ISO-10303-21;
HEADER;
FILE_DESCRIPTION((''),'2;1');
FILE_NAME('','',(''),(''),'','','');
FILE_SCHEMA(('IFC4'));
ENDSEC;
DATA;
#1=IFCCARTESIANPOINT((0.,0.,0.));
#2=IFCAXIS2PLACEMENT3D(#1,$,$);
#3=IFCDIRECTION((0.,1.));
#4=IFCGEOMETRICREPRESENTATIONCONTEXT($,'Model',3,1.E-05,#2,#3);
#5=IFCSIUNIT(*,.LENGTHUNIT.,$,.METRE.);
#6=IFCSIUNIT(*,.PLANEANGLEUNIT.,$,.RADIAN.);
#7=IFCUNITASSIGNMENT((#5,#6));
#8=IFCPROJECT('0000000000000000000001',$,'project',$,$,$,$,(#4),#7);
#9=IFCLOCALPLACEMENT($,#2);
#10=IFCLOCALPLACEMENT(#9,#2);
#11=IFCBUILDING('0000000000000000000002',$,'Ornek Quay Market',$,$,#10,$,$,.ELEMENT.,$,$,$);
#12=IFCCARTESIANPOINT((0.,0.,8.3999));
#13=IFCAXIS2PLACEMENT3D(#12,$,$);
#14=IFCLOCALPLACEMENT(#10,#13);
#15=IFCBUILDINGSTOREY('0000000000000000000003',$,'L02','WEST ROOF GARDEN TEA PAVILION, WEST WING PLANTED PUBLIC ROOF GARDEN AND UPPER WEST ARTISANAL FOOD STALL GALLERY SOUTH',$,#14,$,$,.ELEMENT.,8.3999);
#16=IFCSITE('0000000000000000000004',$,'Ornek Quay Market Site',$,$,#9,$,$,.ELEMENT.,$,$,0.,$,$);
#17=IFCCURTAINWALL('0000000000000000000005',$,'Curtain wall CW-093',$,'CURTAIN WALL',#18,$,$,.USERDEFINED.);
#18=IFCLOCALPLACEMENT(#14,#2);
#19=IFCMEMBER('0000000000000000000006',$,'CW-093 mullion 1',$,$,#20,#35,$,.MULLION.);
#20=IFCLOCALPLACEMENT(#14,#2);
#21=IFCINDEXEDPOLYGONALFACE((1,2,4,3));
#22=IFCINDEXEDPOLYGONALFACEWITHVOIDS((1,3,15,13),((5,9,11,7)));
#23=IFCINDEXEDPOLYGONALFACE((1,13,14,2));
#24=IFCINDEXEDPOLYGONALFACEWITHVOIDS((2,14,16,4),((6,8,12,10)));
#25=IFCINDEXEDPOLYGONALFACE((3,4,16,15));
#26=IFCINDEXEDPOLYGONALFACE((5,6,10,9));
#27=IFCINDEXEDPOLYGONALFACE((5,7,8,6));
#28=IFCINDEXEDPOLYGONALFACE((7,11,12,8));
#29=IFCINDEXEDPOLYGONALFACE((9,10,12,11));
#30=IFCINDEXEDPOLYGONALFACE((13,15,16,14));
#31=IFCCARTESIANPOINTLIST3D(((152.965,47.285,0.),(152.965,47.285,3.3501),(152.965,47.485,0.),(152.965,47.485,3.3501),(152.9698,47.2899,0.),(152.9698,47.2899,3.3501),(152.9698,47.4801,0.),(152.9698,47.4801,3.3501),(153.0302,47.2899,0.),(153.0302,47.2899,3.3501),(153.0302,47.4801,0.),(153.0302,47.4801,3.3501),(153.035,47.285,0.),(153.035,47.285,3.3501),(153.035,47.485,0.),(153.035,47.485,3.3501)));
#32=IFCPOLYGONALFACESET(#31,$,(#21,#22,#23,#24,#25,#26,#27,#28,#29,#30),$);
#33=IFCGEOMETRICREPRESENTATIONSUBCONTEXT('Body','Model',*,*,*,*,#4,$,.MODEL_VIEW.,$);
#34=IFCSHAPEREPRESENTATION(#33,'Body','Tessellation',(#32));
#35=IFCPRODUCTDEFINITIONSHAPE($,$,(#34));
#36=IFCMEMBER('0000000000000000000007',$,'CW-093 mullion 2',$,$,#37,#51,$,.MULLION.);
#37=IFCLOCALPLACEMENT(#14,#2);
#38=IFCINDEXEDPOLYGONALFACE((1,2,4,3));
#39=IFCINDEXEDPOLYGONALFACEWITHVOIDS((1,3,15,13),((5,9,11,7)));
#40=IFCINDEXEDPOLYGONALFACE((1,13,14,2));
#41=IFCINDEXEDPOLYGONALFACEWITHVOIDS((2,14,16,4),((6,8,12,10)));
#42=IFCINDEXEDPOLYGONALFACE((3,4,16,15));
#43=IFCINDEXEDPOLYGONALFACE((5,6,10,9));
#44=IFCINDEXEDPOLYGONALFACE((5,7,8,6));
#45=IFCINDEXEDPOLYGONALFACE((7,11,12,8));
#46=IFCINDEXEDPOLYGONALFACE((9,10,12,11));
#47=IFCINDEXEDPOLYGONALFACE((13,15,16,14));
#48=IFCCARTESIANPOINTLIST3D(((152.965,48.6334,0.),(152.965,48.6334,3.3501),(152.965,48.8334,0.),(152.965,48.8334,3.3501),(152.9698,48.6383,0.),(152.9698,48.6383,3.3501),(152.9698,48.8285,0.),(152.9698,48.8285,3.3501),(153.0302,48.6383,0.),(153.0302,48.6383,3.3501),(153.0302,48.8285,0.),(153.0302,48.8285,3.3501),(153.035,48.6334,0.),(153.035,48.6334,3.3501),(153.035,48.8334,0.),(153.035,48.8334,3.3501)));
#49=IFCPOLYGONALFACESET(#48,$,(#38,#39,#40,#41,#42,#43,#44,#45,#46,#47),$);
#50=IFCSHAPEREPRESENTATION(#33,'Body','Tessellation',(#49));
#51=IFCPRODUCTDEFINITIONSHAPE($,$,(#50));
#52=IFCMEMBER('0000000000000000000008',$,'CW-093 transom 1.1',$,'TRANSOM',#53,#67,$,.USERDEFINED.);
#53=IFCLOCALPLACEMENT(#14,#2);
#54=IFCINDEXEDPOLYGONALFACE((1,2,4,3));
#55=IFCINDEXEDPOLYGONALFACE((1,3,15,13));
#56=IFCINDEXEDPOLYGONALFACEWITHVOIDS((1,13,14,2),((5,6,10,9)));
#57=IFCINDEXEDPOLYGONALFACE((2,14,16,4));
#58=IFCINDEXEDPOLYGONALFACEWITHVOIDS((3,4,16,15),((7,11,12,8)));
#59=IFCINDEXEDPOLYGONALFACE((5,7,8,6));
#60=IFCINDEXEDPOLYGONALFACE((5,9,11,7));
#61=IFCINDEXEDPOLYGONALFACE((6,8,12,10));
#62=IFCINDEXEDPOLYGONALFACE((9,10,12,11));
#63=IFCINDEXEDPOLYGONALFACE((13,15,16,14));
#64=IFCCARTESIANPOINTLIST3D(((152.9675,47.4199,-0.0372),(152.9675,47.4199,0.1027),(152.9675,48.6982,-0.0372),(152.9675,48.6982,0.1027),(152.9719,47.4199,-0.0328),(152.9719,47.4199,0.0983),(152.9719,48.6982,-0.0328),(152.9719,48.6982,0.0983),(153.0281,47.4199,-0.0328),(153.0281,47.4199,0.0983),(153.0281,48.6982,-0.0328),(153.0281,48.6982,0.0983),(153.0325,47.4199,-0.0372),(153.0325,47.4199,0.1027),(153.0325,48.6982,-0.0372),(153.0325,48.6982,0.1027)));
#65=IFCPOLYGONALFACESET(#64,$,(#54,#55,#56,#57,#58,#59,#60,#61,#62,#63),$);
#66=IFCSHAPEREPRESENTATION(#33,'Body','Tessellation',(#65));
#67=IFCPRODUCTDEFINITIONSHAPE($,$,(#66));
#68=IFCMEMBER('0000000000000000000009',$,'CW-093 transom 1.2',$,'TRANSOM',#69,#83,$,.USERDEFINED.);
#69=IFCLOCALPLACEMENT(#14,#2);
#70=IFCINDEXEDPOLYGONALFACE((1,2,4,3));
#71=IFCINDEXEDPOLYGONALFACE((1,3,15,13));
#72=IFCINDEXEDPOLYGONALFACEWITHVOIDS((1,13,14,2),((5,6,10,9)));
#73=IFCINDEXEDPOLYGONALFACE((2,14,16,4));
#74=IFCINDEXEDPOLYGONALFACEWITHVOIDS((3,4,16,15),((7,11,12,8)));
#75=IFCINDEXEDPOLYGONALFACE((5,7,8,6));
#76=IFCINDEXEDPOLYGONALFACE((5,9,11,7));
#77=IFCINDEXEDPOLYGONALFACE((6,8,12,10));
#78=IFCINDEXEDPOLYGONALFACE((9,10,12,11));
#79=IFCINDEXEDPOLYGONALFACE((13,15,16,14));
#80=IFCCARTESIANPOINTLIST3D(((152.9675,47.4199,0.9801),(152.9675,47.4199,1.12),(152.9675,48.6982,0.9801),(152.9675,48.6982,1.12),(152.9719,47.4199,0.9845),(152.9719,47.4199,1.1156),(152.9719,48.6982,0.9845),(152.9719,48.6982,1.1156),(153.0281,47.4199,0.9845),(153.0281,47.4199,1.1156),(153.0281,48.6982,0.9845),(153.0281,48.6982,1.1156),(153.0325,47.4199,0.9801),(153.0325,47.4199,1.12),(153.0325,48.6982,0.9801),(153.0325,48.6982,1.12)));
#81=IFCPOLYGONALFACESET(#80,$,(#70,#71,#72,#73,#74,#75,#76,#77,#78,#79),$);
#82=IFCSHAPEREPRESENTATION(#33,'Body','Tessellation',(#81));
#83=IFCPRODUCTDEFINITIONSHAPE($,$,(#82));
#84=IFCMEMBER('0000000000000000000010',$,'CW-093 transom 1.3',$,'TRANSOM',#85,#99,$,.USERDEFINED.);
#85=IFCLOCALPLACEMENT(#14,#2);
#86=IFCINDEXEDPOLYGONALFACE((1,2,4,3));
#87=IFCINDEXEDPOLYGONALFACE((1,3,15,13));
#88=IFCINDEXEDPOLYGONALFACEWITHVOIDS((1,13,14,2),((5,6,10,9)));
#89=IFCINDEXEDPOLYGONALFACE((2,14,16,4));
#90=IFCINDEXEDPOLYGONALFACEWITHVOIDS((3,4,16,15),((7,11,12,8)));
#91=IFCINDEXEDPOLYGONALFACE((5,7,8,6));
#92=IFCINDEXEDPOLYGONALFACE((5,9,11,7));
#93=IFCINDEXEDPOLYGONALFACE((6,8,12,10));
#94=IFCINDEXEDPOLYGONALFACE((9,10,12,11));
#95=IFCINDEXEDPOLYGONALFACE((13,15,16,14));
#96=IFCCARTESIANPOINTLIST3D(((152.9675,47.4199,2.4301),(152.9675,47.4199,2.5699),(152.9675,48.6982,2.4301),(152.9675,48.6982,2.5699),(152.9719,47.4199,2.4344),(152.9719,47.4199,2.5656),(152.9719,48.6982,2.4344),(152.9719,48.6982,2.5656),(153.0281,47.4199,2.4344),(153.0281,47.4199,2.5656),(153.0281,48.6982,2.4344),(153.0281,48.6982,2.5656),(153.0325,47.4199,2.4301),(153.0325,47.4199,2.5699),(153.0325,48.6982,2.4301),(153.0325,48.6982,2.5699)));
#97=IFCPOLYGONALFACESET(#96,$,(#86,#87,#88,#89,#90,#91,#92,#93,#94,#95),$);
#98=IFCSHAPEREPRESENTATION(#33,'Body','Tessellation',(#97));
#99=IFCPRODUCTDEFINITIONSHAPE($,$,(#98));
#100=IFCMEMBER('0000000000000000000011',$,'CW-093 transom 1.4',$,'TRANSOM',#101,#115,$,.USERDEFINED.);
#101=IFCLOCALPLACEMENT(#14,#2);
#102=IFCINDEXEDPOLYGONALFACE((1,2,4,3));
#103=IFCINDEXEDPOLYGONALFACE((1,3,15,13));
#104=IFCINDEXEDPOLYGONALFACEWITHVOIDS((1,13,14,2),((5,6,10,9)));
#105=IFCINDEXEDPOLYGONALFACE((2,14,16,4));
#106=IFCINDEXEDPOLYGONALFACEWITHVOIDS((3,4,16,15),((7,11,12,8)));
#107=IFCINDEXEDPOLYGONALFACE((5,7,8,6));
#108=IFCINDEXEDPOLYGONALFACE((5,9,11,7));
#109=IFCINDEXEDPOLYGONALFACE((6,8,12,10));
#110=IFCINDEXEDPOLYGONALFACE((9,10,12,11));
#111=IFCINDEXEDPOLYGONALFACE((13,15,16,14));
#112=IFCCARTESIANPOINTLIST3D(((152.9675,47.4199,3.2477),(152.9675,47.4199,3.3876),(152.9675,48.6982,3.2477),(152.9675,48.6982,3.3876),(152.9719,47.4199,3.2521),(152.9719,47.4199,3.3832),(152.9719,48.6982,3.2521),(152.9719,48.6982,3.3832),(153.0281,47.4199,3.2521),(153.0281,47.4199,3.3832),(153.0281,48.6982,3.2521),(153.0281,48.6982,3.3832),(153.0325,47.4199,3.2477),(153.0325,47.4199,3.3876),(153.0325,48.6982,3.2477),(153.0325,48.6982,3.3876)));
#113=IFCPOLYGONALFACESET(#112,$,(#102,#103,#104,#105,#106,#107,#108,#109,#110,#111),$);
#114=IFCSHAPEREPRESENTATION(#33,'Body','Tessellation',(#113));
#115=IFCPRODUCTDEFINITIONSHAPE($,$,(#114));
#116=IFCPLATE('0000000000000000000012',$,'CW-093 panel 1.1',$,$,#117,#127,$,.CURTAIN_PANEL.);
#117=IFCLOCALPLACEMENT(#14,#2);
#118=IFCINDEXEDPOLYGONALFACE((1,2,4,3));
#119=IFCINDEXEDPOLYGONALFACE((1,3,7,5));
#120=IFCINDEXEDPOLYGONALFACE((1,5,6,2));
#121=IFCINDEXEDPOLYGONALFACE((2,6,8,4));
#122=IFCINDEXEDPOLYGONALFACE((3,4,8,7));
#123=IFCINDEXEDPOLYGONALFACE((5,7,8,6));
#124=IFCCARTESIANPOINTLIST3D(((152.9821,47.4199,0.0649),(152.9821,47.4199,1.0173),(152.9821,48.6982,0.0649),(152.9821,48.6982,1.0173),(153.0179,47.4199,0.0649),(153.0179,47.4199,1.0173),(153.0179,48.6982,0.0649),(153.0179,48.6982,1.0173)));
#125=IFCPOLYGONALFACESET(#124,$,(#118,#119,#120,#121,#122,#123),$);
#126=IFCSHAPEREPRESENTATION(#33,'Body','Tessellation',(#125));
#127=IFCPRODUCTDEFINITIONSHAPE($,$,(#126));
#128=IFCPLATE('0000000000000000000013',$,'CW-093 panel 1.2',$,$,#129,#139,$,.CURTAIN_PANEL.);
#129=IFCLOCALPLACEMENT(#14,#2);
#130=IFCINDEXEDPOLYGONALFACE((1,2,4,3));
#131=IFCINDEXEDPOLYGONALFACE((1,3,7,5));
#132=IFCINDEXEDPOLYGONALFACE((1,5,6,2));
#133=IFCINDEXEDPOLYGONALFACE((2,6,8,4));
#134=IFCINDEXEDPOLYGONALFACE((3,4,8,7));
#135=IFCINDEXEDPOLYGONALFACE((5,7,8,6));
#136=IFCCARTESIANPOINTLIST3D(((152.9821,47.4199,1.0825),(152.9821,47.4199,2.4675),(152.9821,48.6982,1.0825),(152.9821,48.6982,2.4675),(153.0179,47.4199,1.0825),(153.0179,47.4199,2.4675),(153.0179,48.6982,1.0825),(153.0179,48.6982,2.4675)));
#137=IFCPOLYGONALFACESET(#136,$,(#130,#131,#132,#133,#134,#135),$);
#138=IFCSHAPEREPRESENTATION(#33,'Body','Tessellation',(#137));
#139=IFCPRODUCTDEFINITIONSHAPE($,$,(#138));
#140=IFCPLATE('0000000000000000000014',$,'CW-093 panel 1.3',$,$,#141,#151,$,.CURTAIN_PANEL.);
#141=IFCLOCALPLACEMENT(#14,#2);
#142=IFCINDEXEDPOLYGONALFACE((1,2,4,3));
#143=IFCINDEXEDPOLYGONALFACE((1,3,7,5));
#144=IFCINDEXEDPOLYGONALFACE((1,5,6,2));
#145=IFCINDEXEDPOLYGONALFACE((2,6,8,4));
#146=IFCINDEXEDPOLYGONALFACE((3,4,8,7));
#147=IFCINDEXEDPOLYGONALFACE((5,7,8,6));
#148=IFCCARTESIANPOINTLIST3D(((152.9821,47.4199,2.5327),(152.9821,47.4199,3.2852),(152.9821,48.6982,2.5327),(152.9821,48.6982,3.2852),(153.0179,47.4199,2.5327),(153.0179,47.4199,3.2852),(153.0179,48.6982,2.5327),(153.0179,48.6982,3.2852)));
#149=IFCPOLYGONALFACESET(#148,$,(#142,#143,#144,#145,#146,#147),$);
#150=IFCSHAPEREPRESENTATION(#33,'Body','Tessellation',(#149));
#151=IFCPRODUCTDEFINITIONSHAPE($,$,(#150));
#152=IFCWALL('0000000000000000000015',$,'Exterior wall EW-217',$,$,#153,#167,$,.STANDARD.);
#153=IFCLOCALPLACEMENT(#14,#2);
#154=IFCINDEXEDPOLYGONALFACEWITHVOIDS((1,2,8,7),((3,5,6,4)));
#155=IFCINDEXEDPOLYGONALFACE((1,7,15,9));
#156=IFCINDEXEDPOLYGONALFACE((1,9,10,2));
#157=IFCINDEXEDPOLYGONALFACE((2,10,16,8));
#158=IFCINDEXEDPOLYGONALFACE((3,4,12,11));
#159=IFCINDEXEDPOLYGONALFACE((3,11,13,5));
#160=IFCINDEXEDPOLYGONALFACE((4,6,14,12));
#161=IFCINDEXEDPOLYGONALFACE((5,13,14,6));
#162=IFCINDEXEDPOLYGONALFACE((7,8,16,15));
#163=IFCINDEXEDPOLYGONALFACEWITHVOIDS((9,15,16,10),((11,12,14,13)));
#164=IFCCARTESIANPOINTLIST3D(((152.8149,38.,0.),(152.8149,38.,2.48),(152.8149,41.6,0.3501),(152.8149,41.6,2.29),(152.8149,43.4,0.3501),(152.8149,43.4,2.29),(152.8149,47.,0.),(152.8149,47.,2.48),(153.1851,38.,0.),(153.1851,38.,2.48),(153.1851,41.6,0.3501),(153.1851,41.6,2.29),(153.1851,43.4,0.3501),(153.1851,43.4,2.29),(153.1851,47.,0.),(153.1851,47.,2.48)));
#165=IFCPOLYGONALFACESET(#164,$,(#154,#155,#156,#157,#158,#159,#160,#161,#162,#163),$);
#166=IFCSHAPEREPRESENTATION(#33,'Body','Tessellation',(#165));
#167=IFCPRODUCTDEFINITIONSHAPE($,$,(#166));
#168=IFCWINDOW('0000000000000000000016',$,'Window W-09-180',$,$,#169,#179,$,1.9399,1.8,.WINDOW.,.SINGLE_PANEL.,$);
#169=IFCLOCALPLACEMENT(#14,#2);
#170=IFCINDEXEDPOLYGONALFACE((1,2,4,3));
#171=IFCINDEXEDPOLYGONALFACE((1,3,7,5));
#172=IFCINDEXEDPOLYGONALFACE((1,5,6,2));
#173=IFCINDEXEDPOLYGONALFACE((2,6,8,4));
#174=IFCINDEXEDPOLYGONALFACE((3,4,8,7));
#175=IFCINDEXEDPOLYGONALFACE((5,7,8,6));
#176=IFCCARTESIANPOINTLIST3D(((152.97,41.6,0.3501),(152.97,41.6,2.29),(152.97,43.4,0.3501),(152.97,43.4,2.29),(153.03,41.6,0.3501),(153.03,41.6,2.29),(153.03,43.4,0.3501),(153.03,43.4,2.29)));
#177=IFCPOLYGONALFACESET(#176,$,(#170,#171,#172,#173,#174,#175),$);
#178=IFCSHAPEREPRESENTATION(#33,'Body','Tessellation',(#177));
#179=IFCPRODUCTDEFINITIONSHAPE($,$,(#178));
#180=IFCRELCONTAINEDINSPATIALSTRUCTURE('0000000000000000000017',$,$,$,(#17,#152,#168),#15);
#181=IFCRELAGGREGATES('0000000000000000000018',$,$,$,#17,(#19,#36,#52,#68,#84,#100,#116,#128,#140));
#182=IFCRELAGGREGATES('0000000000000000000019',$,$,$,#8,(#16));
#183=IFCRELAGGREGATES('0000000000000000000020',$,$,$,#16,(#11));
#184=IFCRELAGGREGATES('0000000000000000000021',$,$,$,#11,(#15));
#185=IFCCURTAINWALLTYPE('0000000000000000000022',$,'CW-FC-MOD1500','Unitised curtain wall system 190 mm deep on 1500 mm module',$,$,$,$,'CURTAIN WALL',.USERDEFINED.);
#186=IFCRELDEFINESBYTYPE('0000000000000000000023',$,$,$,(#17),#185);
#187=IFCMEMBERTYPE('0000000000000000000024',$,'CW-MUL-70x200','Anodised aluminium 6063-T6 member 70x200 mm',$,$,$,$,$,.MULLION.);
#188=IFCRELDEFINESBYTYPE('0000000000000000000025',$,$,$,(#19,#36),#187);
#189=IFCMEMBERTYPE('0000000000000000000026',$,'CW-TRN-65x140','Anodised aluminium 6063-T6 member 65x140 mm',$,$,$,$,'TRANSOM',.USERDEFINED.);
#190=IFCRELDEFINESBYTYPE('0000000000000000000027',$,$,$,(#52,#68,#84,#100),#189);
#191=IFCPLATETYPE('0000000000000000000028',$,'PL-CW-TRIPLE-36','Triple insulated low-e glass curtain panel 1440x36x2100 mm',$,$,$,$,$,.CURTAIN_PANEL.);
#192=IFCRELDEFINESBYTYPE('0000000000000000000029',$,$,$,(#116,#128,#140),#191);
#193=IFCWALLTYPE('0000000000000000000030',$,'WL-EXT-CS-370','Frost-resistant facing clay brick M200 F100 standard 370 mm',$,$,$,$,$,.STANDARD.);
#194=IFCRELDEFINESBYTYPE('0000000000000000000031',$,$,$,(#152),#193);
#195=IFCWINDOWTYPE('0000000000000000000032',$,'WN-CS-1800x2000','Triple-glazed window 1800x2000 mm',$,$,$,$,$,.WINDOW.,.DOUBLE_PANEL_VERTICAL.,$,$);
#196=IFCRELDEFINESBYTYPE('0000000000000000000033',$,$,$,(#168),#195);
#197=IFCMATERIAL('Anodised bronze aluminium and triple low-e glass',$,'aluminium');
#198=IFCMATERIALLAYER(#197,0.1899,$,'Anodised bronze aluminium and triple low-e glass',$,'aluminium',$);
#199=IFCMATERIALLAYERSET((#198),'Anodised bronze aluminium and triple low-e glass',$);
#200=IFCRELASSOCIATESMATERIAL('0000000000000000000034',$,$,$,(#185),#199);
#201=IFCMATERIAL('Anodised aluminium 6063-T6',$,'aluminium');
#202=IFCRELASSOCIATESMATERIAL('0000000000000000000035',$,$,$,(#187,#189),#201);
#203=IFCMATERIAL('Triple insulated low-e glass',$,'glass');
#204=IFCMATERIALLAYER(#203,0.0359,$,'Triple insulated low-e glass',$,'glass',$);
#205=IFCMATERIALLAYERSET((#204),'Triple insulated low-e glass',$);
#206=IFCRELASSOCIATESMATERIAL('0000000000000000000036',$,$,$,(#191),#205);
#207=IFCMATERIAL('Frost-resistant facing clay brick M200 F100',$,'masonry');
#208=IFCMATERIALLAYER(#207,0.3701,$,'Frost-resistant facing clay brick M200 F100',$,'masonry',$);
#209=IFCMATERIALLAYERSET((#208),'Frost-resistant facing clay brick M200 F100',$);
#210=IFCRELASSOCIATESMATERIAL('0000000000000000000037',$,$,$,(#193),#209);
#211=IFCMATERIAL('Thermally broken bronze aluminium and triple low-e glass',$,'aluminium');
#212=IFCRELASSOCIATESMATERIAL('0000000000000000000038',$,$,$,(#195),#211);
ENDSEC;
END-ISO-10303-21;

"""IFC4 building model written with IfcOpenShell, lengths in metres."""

from ifc_helpers import new_model, si_unit, direction, frame, frame_2d, origin, origin_2d, place, context, subcontext, project, spatial, rectangle, hollow_rectangle, extrude, material, layer, layer_set, material_profile, profile_set, type_object, element, fill, aggregate, save


model = new_model("IFC4")

# Units and contexts
model_context = context("Model", 3, precision=1e-05, world=origin(), true_north=direction((0.0, 1.0)))
body_context = subcontext(model_context, "Body", "Model", "MODEL_VIEW")
ifc_project = project(units=[si_unit("LENGTHUNIT", "METRE"), si_unit("PLANEANGLEUNIT", "RADIAN")], contexts=[model_context])

# Site, building, storey
site_placement = place(None, origin())
site = spatial("IfcSite", under=ifc_project, at=site_placement, Name="Ornek Quay Market Site", CompositionType="ELEMENT", RefElevation=0.0)
building_placement = place(site_placement, origin())
building = spatial("IfcBuilding", under=site, at=building_placement, Name="Ornek Quay Market", CompositionType="ELEMENT")
storey_placement = place(building_placement, frame((0.0, 0.0, 8.3999)))
storey = spatial("IfcBuildingStorey", under=building, at=storey_placement, Name="L02", Description="WEST ROOF GARDEN TEA PAVILION, WEST WING PLANTED PUBLIC ROOF GARDEN AND UPPER WEST ARTISANAL FOOD STALL GALLERY SOUTH", CompositionType="ELEMENT", Elevation=8.3999)

# Curtain wall, members, plates
ifc_material_1 = material(Name="Anodised bronze aluminium and triple low-e glass", Category="aluminium")
ifc_layer_1 = layer(ifc_material_1, 0.1899, Name="Anodised bronze aluminium and triple low-e glass", Category="aluminium")
ifc_layer_set_1 = layer_set([ifc_layer_1], Name="Anodised bronze aluminium and triple low-e glass")
curtain_wall_type = type_object("IfcCurtainWallType", Name="CW-FC-MOD1500", Description="Unitised curtain wall system 190 mm deep on 1500 mm module", ElementType="CURTAIN WALL", PredefinedType="USERDEFINED", material=ifc_layer_set_1)
curtain_wall_placement = place(storey_placement, origin())
curtain_wall = element("IfcCurtainWall", 1, at=curtain_wall_placement, inside=storey, type_object=curtain_wall_type, Name="Curtain wall CW-093", ObjectType="CURTAIN WALL", PredefinedType="USERDEFINED")
ifc_material_2 = material(Name="Anodised aluminium 6063-T6", Category="aluminium")
ifc_material_profile_1 = material_profile(ifc_material_2, hollow_rectangle(XDim=0.0701, YDim=0.2, WallThickness=0.0049, at=origin_2d()), Name="CW-MUL-70x200", Category="aluminium")
ifc_profile_set_1 = profile_set([ifc_material_profile_1], Name="Anodised aluminium 6063-T6")
member_type_1 = type_object("IfcMemberType", Name="CW-MUL-70x200", Description="Anodised aluminium 6063-T6 member 70x200 mm", PredefinedType="MULLION", material=ifc_profile_set_1)
member_1_placement = place(storey_placement, frame((153.0, 47.385, 0.0), z_axis=(0.0, 0.0, 1.0), x_axis=(-1.0, 0.0, 0.0)))
member_1 = element("IfcMember", 2, at=member_1_placement, type_object=member_type_1, Name="CW-093 mullion 1", PredefinedType="MULLION", context=body_context, shape_type="SweptSolid", body=[
    extrude(hollow_rectangle(XDim=0.0701, YDim=0.2, WallThickness=0.0049, at=origin_2d()), origin(), (0.0, 0.0, 1.0), 3.3501),
])
member_2_placement = place(storey_placement, frame((153.0, 48.7334, 0.0), z_axis=(0.0, 0.0, 1.0), x_axis=(-1.0, 0.0, 0.0)))
member_2 = element("IfcMember", 3, at=member_2_placement, type_object=member_type_1, Name="CW-093 mullion 2", PredefinedType="MULLION", context=body_context, shape_type="SweptSolid", body=[
    extrude(hollow_rectangle(XDim=0.0701, YDim=0.2, WallThickness=0.0049, at=origin_2d()), origin(), (0.0, 0.0, 1.0), 3.3501),
])
ifc_material_profile_2 = material_profile(ifc_material_2, hollow_rectangle(XDim=0.0649, YDim=0.1399, WallThickness=0.0044, at=origin_2d()), Name="CW-TRN-65x140", Category="aluminium")
ifc_profile_set_2 = profile_set([ifc_material_profile_2], Name="Anodised aluminium 6063-T6")
member_type_2 = type_object("IfcMemberType", Name="CW-TRN-65x140", Description="Anodised aluminium 6063-T6 member 65x140 mm", ElementType="TRANSOM", PredefinedType="USERDEFINED", material=ifc_profile_set_2)
member_3_placement = place(storey_placement, frame((153.0, 47.4199, 0.0327), z_axis=(0.0, 1.0, 0.0), x_axis=(-1.0, 0.0, 0.0)))
member_3 = element("IfcMember", 4, at=member_3_placement, type_object=member_type_2, Name="CW-093 transom 1.1", ObjectType="TRANSOM", PredefinedType="USERDEFINED", context=body_context, shape_type="SweptSolid", body=[
    extrude(hollow_rectangle(XDim=0.0649, YDim=0.1399, WallThickness=0.0044, at=origin_2d()), origin(), (0.0, 0.0, 1.0), 1.2783),
])
member_4_placement = place(storey_placement, frame((153.0, 47.4199, 1.05), z_axis=(0.0, 1.0, 0.0), x_axis=(-1.0, 0.0, 0.0)))
member_4 = element("IfcMember", 5, at=member_4_placement, type_object=member_type_2, Name="CW-093 transom 1.2", ObjectType="TRANSOM", PredefinedType="USERDEFINED", context=body_context, shape_type="SweptSolid", body=[
    extrude(hollow_rectangle(XDim=0.0649, YDim=0.1399, WallThickness=0.0044, at=origin_2d()), origin(), (0.0, 0.0, 1.0), 1.2783),
])
member_5_placement = place(storey_placement, frame((153.0, 47.4199, 2.5), z_axis=(0.0, 1.0, 0.0), x_axis=(-1.0, 0.0, 0.0)))
member_5 = element("IfcMember", 6, at=member_5_placement, type_object=member_type_2, Name="CW-093 transom 1.3", ObjectType="TRANSOM", PredefinedType="USERDEFINED", context=body_context, shape_type="SweptSolid", body=[
    extrude(hollow_rectangle(XDim=0.0649, YDim=0.1399, WallThickness=0.0044, at=origin_2d()), origin(), (0.0, 0.0, 1.0), 1.2783),
])
member_6_placement = place(storey_placement, frame((153.0, 47.4199, 3.3176), z_axis=(0.0, 1.0, 0.0), x_axis=(-1.0, 0.0, 0.0)))
member_6 = element("IfcMember", 7, at=member_6_placement, type_object=member_type_2, Name="CW-093 transom 1.4", ObjectType="TRANSOM", PredefinedType="USERDEFINED", context=body_context, shape_type="SweptSolid", body=[
    extrude(hollow_rectangle(XDim=0.0649, YDim=0.1399, WallThickness=0.0044, at=origin_2d()), origin(), (0.0, 0.0, 1.0), 1.2783),
])
ifc_material_3 = material(Name="Triple insulated low-e glass", Category="glass")
ifc_layer_2 = layer(ifc_material_3, 0.0359, Name="Triple insulated low-e glass", Category="glass")
ifc_layer_set_2 = layer_set([ifc_layer_2], Name="Triple insulated low-e glass")
plate_type = type_object("IfcPlateType", Name="PL-CW-TRIPLE-36", Description="Triple insulated low-e glass curtain panel 1440x36x2100 mm", PredefinedType="CURTAIN_PANEL", material=ifc_layer_set_2)
plate_1_placement = place(storey_placement, frame((153.0, 48.0591, 0.0649), z_axis=(0.0, 0.0, 1.0), x_axis=(0.0, 1.0, 0.0)))
plate_1 = element("IfcPlate", 8, at=plate_1_placement, type_object=plate_type, Name="CW-093 panel 1.1", PredefinedType="CURTAIN_PANEL", context=body_context, shape_type="SweptSolid", body=[
    extrude(rectangle(XDim=1.2783, YDim=0.0359, at=origin_2d()), origin(), (0.0, 0.0, 1.0), 0.9524),
])
plate_2_placement = place(storey_placement, frame((153.0, 48.0591, 1.0825), z_axis=(0.0, 0.0, 1.0), x_axis=(0.0, 1.0, 0.0)))
plate_2 = element("IfcPlate", 9, at=plate_2_placement, type_object=plate_type, Name="CW-093 panel 1.2", PredefinedType="CURTAIN_PANEL", context=body_context, shape_type="SweptSolid", body=[
    extrude(rectangle(XDim=1.2783, YDim=0.0359, at=origin_2d()), origin(), (0.0, 0.0, 1.0), 1.385),
])
plate_3_placement = place(storey_placement, frame((153.0, 48.0591, 2.5327), z_axis=(0.0, 0.0, 1.0), x_axis=(0.0, 1.0, 0.0)))
plate_3 = element("IfcPlate", 10, at=plate_3_placement, type_object=plate_type, Name="CW-093 panel 1.3", PredefinedType="CURTAIN_PANEL", context=body_context, shape_type="SweptSolid", body=[
    extrude(rectangle(XDim=1.2783, YDim=0.0359, at=origin_2d()), origin(), (0.0, 0.0, 1.0), 0.7524),
])
aggregate(curtain_wall, [member_1, member_2, member_3, member_4, member_5, member_6, plate_1, plate_2, plate_3])

# Wall, opening, window
ifc_material_4 = material(Name="Frost-resistant facing clay brick M200 F100", Category="masonry")
ifc_layer_3 = layer(ifc_material_4, 0.3701, Name="Frost-resistant facing clay brick M200 F100", Category="masonry")
ifc_layer_set_3 = layer_set([ifc_layer_3], Name="Frost-resistant facing clay brick M200 F100")
wall_type = type_object("IfcWallType", Name="WL-EXT-CS-370", Description="Frost-resistant facing clay brick M200 F100 standard 370 mm", PredefinedType="STANDARD", material=ifc_layer_set_3)
wall_placement = place(storey_placement, frame((153.0, 38.0, 0.0), z_axis=(0.0, 0.0, 1.0), x_axis=(0.0, 1.0, 0.0)))
wall = element("IfcWall", 11, at=wall_placement, inside=storey, type_object=wall_type, Name="Exterior wall EW-217", PredefinedType="STANDARD", context=body_context, shape_type="SweptSolid", body=[
    extrude(rectangle(XDim=9.0, YDim=0.3701, at=frame_2d((4.5, 0.0))), origin(), (0.0, 0.0, 1.0), 2.48),
])
opening_placement = place(wall_placement, frame((3.6001, 0.0, 0.3501)))
opening = element("IfcOpeningElement", 12, at=opening_placement, cuts=wall, PredefinedType="OPENING", context=body_context, shape_type="SweptSolid", body=[
    extrude(rectangle(XDim=1.8, YDim=1.9399, at=frame_2d((0.8999, 0.97))), frame((0.0, 0.1951, 0.0), z_axis=(0.0, -1.0, 0.0), x_axis=(1.0, 0.0, 0.0)), (0.0, 0.0, 1.0), 0.3901),
])
ifc_material_5 = material(Name="Thermally broken bronze aluminium and triple low-e glass", Category="aluminium")
window_type = type_object("IfcWindowType", Name="WN-CS-1800x2000", Description="Triple-glazed window 1800x2000 mm", PartitioningType="DOUBLE_PANEL_VERTICAL", PredefinedType="WINDOW", material=ifc_material_5)
window_placement = place(opening_placement, origin())
window = element("IfcWindow", 13, at=window_placement, inside=storey, type_object=window_type, Name="Window W-09-180", OverallHeight=1.9399, OverallWidth=1.8, PartitioningType="SINGLE_PANEL", PredefinedType="WINDOW", context=body_context, shape_type="SweptSolid", body=[
    extrude(rectangle(XDim=1.8, YDim=1.9399, at=frame_2d((0.8999, 0.97))), frame((0.0, 0.03, 0.0), z_axis=(0.0, -1.0, 0.0), x_axis=(1.0, 0.0, 0.0)), (0.0, 0.0, 1.0), 0.0601),
])
fill(opening, window)

save(model, "model.ifc")
